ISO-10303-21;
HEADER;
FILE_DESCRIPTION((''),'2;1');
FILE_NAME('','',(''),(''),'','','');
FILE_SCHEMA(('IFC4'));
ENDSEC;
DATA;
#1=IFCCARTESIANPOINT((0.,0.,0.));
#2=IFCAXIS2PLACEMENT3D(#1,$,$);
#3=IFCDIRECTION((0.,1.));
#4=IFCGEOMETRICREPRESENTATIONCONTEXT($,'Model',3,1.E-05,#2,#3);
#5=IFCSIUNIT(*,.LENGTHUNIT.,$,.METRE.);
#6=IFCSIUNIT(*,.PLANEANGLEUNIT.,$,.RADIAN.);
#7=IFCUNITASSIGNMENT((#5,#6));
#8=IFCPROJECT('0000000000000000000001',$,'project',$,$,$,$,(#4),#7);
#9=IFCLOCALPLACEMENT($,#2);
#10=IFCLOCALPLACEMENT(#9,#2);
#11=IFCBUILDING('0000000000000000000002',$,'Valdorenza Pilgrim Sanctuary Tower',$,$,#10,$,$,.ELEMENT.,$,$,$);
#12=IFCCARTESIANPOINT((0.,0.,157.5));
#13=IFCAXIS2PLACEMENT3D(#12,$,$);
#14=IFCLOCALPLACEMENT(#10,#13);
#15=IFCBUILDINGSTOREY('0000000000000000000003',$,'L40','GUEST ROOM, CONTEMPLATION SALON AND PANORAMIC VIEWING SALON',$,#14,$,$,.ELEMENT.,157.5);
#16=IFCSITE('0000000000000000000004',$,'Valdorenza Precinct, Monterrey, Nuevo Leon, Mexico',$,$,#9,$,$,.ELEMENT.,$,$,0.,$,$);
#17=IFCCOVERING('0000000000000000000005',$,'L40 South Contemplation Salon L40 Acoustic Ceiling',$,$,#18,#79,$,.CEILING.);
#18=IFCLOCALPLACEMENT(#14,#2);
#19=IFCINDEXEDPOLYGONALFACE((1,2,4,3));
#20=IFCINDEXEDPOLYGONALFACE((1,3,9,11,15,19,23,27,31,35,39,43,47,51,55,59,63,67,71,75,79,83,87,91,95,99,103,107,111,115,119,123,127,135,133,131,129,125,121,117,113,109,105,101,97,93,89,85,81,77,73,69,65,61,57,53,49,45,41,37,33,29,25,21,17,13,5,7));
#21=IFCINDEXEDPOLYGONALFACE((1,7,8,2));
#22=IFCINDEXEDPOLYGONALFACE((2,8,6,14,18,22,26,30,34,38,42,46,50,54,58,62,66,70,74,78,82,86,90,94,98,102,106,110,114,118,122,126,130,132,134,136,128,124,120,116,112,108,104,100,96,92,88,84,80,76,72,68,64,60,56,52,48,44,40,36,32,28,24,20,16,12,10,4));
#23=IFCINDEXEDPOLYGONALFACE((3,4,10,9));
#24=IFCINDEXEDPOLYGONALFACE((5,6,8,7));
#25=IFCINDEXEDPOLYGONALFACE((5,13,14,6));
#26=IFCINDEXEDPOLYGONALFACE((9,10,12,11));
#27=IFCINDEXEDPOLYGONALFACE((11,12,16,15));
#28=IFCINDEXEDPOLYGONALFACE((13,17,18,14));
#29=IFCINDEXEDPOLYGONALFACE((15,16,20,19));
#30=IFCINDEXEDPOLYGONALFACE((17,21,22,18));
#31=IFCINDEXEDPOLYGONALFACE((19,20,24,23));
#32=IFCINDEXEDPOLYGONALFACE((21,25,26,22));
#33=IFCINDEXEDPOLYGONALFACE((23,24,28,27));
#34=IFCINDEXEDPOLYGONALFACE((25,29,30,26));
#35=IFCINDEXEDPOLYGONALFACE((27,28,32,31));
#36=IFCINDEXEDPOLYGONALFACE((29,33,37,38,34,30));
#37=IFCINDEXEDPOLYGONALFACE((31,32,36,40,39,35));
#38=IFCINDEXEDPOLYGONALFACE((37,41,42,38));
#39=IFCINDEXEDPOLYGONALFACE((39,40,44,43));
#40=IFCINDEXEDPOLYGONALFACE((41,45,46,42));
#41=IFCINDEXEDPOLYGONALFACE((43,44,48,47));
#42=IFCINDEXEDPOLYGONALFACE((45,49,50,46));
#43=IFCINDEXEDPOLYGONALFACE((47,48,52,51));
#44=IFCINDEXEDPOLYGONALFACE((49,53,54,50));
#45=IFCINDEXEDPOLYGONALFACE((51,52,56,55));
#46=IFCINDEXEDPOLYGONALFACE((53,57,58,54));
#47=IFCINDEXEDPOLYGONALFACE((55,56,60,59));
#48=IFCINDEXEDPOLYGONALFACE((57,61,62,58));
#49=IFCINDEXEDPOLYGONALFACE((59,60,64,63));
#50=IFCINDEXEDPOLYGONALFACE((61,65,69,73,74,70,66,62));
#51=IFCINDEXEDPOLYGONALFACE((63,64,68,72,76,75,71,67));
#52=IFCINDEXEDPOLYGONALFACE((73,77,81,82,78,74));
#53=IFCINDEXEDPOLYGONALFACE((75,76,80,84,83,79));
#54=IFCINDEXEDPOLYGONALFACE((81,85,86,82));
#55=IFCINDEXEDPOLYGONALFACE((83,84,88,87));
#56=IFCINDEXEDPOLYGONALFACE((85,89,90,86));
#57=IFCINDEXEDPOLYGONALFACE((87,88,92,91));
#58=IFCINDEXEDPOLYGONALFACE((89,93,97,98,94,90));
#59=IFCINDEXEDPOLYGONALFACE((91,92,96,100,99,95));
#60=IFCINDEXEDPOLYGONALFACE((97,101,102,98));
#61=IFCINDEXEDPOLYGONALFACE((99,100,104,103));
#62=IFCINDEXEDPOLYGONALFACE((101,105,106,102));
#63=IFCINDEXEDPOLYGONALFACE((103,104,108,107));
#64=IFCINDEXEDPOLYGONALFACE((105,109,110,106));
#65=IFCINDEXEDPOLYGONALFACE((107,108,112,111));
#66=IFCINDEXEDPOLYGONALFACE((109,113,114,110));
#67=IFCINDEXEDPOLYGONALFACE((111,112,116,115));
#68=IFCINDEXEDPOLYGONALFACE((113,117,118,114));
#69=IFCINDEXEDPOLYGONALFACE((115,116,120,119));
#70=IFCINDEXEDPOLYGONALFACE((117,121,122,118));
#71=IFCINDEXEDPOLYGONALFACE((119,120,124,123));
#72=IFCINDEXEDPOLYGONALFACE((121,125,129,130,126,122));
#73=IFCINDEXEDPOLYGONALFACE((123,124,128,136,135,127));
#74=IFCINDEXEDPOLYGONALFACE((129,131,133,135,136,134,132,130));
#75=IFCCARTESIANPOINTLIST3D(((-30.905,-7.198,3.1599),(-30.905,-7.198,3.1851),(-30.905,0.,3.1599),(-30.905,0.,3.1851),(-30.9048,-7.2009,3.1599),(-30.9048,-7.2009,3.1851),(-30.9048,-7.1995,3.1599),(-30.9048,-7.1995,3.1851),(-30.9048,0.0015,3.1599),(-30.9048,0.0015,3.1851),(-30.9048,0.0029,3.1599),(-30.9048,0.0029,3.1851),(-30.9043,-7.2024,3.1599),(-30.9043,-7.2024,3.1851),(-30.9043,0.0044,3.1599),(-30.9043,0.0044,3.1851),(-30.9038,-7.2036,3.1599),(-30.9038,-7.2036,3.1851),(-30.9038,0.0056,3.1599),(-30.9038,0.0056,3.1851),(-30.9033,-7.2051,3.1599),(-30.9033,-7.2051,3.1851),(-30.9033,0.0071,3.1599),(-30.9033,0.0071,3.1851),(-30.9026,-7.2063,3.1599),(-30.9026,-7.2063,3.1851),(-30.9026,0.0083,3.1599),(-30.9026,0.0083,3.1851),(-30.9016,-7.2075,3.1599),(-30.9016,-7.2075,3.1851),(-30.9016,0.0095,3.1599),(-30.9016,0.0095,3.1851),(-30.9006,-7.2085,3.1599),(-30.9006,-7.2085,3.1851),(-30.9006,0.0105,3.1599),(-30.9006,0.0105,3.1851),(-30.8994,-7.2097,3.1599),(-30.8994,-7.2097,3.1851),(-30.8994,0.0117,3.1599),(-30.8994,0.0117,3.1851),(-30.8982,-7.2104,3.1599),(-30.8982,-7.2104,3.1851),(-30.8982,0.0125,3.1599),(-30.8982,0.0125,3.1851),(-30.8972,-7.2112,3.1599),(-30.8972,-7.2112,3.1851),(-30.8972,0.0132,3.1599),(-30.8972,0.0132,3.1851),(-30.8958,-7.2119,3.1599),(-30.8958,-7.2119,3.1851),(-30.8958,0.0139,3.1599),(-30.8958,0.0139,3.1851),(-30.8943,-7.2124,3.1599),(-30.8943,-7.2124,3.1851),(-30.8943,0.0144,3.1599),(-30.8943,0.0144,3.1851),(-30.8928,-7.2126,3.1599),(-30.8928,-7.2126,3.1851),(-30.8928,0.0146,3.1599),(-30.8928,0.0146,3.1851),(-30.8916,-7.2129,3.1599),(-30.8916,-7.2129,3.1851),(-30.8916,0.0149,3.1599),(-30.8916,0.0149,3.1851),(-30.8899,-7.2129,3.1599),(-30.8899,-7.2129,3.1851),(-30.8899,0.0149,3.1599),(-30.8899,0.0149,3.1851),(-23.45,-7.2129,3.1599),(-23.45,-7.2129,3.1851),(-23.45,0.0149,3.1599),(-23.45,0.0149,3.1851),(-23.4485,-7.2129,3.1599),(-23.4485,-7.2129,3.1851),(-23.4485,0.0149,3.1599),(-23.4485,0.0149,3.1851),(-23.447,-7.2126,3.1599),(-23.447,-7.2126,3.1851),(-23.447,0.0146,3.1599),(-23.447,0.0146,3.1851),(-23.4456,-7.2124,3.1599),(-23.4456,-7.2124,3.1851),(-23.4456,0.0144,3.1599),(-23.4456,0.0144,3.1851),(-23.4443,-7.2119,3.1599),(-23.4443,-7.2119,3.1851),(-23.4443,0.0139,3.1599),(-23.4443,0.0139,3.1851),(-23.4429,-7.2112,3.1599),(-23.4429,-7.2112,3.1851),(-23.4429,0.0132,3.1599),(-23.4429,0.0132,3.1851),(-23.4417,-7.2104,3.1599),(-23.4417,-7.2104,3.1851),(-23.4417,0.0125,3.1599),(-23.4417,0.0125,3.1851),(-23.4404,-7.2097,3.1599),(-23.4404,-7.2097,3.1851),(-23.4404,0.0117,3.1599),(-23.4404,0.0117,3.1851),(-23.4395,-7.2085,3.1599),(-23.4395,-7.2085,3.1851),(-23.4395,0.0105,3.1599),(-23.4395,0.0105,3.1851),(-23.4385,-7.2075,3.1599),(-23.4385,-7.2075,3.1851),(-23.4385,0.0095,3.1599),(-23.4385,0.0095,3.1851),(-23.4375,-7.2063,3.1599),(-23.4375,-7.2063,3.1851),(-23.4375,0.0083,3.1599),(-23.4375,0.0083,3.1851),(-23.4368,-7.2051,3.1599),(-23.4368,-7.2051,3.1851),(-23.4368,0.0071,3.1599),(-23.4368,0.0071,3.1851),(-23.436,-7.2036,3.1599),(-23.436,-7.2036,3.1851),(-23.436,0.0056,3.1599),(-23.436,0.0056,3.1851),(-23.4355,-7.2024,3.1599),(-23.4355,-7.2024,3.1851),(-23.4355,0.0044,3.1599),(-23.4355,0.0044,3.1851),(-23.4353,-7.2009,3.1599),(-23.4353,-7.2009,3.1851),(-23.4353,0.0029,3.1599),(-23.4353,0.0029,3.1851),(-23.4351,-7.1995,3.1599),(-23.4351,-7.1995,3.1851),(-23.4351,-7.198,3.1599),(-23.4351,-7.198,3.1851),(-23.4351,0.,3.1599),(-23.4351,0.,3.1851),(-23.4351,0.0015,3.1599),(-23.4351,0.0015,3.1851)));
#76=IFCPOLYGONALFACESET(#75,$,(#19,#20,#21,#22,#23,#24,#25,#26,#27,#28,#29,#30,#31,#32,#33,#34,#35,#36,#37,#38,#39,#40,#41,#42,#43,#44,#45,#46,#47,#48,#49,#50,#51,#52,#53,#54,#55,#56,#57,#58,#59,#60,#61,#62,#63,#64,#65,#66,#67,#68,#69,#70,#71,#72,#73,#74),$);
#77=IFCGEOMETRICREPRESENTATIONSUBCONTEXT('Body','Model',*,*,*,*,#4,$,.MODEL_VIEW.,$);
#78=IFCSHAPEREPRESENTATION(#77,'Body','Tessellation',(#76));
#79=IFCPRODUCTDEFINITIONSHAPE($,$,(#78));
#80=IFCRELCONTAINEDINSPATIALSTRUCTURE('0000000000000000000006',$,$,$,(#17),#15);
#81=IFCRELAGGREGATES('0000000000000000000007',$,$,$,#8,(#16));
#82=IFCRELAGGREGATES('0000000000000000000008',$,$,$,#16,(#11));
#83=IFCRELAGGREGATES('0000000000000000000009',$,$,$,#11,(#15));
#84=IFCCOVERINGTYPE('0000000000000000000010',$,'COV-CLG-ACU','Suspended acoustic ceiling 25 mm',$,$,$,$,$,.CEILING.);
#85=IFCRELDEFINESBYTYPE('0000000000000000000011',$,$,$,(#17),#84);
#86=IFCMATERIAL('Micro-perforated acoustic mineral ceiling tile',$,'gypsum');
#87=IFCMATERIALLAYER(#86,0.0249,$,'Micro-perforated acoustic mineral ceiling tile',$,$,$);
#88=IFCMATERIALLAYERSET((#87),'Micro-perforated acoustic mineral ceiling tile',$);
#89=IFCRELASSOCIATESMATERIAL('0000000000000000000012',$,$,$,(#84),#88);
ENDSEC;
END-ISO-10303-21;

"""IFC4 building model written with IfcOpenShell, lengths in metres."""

from ifc_helpers import new_model, si_unit, direction, frame, origin, place, context, subcontext, project, spatial, polyline, outline, extrude, material, layer, layer_set, type_object, element, save


model = new_model("IFC4")

# Units and contexts
model_context = context("Model", 3, precision=1e-05, world=origin(), true_north=direction((0.0, 1.0)))
body_context = subcontext(model_context, "Body", "Model", "MODEL_VIEW")
ifc_project = project(units=[si_unit("LENGTHUNIT", "METRE"), si_unit("PLANEANGLEUNIT", "RADIAN")], contexts=[model_context])

# Site, building, storey
site_placement = place(None, origin())
site = spatial("IfcSite", under=ifc_project, at=site_placement, Name="Valdorenza Precinct, Monterrey, Nuevo Leon, Mexico", CompositionType="ELEMENT", RefElevation=0.0)
building_placement = place(site_placement, origin())
building = spatial("IfcBuilding", under=site, at=building_placement, Name="Valdorenza Pilgrim Sanctuary Tower", CompositionType="ELEMENT")
storey_placement = place(building_placement, frame((0.0, 0.0, 157.5)))
storey = spatial("IfcBuildingStorey", under=building, at=storey_placement, Name="L40", Description="GUEST ROOM, CONTEMPLATION SALON AND PANORAMIC VIEWING SALON", CompositionType="ELEMENT", Elevation=157.5)

# Covering
ifc_material_1 = material(Name="Micro-perforated acoustic mineral ceiling tile", Category="gypsum")
ifc_layer_1 = layer(ifc_material_1, 0.0249, Name="Micro-perforated acoustic mineral ceiling tile")
ifc_layer_set_1 = layer_set([ifc_layer_1], Name="Micro-perforated acoustic mineral ceiling tile")
covering_type_1 = type_object("IfcCoveringType", Name="COV-CLG-ACU", Description="Suspended acoustic ceiling 25 mm", PredefinedType="CEILING", material=ifc_layer_set_1)
covering_1_placement = place(storey_placement, frame((0.0, 0.0, 3.1599)))
element("IfcCovering", 1, at=covering_1_placement, inside=storey, type_object=covering_type_1, Name="L40 South Contemplation Salon L40 Acoustic Ceiling", PredefinedType="CEILING", context=body_context, shape_type="SweptSolid", body=[
    extrude(outline(polyline([(-23.4351, -7.198), (-23.4351, -7.1995), (-23.4353, -7.2009), (-23.4355, -7.2024), (-23.436, -7.2036), (-23.4368, -7.2051), (-23.4375, -7.2063), (-23.4385, -7.2075), (-23.4395, -7.2085), (-23.4404, -7.2097), (-23.4417, -7.2104), (-23.4429, -7.2112), (-23.4443, -7.2119), (-23.4456, -7.2124), (-23.447, -7.2126), (-23.4485, -7.2129), (-23.45, -7.2129), (-30.8899, -7.2129), (-30.8916, -7.2129), (-30.8928, -7.2126), (-30.8943, -7.2124), (-30.8958, -7.2119), (-30.8972, -7.2112), (-30.8982, -7.2104), (-30.8994, -7.2097), (-30.9006, -7.2085), (-30.9016, -7.2075), (-30.9026, -7.2063), (-30.9033, -7.2051), (-30.9038, -7.2036), (-30.9043, -7.2024), (-30.9048, -7.2009), (-30.9048, -7.1995), (-30.905, -7.198), (-30.905, 0.0), (-30.9048, 0.0015), (-30.9048, 0.0029), (-30.9043, 0.0044), (-30.9038, 0.0056), (-30.9033, 0.0071), (-30.9026, 0.0083), (-30.9016, 0.0095), (-30.9006, 0.0105), (-30.8994, 0.0117), (-30.8982, 0.0125), (-30.8972, 0.0132), (-30.8958, 0.0139), (-30.8943, 0.0144), (-30.8928, 0.0146), (-30.8916, 0.0149), (-30.8899, 0.0149), (-23.45, 0.0149), (-23.4485, 0.0149), (-23.447, 0.0146), (-23.4456, 0.0144), (-23.4443, 0.0139), (-23.4429, 0.0132), (-23.4417, 0.0125), (-23.4404, 0.0117), (-23.4395, 0.0105), (-23.4385, 0.0095), (-23.4375, 0.0083), (-23.4368, 0.0071), (-23.436, 0.0056), (-23.4355, 0.0044), (-23.4353, 0.0029), (-23.4351, 0.0015), (-23.4351, 0.0), (-23.4351, -7.198)])), origin(), (0.0, 0.0, 1.0), 0.0251),
])

save(model, "model.ifc")
